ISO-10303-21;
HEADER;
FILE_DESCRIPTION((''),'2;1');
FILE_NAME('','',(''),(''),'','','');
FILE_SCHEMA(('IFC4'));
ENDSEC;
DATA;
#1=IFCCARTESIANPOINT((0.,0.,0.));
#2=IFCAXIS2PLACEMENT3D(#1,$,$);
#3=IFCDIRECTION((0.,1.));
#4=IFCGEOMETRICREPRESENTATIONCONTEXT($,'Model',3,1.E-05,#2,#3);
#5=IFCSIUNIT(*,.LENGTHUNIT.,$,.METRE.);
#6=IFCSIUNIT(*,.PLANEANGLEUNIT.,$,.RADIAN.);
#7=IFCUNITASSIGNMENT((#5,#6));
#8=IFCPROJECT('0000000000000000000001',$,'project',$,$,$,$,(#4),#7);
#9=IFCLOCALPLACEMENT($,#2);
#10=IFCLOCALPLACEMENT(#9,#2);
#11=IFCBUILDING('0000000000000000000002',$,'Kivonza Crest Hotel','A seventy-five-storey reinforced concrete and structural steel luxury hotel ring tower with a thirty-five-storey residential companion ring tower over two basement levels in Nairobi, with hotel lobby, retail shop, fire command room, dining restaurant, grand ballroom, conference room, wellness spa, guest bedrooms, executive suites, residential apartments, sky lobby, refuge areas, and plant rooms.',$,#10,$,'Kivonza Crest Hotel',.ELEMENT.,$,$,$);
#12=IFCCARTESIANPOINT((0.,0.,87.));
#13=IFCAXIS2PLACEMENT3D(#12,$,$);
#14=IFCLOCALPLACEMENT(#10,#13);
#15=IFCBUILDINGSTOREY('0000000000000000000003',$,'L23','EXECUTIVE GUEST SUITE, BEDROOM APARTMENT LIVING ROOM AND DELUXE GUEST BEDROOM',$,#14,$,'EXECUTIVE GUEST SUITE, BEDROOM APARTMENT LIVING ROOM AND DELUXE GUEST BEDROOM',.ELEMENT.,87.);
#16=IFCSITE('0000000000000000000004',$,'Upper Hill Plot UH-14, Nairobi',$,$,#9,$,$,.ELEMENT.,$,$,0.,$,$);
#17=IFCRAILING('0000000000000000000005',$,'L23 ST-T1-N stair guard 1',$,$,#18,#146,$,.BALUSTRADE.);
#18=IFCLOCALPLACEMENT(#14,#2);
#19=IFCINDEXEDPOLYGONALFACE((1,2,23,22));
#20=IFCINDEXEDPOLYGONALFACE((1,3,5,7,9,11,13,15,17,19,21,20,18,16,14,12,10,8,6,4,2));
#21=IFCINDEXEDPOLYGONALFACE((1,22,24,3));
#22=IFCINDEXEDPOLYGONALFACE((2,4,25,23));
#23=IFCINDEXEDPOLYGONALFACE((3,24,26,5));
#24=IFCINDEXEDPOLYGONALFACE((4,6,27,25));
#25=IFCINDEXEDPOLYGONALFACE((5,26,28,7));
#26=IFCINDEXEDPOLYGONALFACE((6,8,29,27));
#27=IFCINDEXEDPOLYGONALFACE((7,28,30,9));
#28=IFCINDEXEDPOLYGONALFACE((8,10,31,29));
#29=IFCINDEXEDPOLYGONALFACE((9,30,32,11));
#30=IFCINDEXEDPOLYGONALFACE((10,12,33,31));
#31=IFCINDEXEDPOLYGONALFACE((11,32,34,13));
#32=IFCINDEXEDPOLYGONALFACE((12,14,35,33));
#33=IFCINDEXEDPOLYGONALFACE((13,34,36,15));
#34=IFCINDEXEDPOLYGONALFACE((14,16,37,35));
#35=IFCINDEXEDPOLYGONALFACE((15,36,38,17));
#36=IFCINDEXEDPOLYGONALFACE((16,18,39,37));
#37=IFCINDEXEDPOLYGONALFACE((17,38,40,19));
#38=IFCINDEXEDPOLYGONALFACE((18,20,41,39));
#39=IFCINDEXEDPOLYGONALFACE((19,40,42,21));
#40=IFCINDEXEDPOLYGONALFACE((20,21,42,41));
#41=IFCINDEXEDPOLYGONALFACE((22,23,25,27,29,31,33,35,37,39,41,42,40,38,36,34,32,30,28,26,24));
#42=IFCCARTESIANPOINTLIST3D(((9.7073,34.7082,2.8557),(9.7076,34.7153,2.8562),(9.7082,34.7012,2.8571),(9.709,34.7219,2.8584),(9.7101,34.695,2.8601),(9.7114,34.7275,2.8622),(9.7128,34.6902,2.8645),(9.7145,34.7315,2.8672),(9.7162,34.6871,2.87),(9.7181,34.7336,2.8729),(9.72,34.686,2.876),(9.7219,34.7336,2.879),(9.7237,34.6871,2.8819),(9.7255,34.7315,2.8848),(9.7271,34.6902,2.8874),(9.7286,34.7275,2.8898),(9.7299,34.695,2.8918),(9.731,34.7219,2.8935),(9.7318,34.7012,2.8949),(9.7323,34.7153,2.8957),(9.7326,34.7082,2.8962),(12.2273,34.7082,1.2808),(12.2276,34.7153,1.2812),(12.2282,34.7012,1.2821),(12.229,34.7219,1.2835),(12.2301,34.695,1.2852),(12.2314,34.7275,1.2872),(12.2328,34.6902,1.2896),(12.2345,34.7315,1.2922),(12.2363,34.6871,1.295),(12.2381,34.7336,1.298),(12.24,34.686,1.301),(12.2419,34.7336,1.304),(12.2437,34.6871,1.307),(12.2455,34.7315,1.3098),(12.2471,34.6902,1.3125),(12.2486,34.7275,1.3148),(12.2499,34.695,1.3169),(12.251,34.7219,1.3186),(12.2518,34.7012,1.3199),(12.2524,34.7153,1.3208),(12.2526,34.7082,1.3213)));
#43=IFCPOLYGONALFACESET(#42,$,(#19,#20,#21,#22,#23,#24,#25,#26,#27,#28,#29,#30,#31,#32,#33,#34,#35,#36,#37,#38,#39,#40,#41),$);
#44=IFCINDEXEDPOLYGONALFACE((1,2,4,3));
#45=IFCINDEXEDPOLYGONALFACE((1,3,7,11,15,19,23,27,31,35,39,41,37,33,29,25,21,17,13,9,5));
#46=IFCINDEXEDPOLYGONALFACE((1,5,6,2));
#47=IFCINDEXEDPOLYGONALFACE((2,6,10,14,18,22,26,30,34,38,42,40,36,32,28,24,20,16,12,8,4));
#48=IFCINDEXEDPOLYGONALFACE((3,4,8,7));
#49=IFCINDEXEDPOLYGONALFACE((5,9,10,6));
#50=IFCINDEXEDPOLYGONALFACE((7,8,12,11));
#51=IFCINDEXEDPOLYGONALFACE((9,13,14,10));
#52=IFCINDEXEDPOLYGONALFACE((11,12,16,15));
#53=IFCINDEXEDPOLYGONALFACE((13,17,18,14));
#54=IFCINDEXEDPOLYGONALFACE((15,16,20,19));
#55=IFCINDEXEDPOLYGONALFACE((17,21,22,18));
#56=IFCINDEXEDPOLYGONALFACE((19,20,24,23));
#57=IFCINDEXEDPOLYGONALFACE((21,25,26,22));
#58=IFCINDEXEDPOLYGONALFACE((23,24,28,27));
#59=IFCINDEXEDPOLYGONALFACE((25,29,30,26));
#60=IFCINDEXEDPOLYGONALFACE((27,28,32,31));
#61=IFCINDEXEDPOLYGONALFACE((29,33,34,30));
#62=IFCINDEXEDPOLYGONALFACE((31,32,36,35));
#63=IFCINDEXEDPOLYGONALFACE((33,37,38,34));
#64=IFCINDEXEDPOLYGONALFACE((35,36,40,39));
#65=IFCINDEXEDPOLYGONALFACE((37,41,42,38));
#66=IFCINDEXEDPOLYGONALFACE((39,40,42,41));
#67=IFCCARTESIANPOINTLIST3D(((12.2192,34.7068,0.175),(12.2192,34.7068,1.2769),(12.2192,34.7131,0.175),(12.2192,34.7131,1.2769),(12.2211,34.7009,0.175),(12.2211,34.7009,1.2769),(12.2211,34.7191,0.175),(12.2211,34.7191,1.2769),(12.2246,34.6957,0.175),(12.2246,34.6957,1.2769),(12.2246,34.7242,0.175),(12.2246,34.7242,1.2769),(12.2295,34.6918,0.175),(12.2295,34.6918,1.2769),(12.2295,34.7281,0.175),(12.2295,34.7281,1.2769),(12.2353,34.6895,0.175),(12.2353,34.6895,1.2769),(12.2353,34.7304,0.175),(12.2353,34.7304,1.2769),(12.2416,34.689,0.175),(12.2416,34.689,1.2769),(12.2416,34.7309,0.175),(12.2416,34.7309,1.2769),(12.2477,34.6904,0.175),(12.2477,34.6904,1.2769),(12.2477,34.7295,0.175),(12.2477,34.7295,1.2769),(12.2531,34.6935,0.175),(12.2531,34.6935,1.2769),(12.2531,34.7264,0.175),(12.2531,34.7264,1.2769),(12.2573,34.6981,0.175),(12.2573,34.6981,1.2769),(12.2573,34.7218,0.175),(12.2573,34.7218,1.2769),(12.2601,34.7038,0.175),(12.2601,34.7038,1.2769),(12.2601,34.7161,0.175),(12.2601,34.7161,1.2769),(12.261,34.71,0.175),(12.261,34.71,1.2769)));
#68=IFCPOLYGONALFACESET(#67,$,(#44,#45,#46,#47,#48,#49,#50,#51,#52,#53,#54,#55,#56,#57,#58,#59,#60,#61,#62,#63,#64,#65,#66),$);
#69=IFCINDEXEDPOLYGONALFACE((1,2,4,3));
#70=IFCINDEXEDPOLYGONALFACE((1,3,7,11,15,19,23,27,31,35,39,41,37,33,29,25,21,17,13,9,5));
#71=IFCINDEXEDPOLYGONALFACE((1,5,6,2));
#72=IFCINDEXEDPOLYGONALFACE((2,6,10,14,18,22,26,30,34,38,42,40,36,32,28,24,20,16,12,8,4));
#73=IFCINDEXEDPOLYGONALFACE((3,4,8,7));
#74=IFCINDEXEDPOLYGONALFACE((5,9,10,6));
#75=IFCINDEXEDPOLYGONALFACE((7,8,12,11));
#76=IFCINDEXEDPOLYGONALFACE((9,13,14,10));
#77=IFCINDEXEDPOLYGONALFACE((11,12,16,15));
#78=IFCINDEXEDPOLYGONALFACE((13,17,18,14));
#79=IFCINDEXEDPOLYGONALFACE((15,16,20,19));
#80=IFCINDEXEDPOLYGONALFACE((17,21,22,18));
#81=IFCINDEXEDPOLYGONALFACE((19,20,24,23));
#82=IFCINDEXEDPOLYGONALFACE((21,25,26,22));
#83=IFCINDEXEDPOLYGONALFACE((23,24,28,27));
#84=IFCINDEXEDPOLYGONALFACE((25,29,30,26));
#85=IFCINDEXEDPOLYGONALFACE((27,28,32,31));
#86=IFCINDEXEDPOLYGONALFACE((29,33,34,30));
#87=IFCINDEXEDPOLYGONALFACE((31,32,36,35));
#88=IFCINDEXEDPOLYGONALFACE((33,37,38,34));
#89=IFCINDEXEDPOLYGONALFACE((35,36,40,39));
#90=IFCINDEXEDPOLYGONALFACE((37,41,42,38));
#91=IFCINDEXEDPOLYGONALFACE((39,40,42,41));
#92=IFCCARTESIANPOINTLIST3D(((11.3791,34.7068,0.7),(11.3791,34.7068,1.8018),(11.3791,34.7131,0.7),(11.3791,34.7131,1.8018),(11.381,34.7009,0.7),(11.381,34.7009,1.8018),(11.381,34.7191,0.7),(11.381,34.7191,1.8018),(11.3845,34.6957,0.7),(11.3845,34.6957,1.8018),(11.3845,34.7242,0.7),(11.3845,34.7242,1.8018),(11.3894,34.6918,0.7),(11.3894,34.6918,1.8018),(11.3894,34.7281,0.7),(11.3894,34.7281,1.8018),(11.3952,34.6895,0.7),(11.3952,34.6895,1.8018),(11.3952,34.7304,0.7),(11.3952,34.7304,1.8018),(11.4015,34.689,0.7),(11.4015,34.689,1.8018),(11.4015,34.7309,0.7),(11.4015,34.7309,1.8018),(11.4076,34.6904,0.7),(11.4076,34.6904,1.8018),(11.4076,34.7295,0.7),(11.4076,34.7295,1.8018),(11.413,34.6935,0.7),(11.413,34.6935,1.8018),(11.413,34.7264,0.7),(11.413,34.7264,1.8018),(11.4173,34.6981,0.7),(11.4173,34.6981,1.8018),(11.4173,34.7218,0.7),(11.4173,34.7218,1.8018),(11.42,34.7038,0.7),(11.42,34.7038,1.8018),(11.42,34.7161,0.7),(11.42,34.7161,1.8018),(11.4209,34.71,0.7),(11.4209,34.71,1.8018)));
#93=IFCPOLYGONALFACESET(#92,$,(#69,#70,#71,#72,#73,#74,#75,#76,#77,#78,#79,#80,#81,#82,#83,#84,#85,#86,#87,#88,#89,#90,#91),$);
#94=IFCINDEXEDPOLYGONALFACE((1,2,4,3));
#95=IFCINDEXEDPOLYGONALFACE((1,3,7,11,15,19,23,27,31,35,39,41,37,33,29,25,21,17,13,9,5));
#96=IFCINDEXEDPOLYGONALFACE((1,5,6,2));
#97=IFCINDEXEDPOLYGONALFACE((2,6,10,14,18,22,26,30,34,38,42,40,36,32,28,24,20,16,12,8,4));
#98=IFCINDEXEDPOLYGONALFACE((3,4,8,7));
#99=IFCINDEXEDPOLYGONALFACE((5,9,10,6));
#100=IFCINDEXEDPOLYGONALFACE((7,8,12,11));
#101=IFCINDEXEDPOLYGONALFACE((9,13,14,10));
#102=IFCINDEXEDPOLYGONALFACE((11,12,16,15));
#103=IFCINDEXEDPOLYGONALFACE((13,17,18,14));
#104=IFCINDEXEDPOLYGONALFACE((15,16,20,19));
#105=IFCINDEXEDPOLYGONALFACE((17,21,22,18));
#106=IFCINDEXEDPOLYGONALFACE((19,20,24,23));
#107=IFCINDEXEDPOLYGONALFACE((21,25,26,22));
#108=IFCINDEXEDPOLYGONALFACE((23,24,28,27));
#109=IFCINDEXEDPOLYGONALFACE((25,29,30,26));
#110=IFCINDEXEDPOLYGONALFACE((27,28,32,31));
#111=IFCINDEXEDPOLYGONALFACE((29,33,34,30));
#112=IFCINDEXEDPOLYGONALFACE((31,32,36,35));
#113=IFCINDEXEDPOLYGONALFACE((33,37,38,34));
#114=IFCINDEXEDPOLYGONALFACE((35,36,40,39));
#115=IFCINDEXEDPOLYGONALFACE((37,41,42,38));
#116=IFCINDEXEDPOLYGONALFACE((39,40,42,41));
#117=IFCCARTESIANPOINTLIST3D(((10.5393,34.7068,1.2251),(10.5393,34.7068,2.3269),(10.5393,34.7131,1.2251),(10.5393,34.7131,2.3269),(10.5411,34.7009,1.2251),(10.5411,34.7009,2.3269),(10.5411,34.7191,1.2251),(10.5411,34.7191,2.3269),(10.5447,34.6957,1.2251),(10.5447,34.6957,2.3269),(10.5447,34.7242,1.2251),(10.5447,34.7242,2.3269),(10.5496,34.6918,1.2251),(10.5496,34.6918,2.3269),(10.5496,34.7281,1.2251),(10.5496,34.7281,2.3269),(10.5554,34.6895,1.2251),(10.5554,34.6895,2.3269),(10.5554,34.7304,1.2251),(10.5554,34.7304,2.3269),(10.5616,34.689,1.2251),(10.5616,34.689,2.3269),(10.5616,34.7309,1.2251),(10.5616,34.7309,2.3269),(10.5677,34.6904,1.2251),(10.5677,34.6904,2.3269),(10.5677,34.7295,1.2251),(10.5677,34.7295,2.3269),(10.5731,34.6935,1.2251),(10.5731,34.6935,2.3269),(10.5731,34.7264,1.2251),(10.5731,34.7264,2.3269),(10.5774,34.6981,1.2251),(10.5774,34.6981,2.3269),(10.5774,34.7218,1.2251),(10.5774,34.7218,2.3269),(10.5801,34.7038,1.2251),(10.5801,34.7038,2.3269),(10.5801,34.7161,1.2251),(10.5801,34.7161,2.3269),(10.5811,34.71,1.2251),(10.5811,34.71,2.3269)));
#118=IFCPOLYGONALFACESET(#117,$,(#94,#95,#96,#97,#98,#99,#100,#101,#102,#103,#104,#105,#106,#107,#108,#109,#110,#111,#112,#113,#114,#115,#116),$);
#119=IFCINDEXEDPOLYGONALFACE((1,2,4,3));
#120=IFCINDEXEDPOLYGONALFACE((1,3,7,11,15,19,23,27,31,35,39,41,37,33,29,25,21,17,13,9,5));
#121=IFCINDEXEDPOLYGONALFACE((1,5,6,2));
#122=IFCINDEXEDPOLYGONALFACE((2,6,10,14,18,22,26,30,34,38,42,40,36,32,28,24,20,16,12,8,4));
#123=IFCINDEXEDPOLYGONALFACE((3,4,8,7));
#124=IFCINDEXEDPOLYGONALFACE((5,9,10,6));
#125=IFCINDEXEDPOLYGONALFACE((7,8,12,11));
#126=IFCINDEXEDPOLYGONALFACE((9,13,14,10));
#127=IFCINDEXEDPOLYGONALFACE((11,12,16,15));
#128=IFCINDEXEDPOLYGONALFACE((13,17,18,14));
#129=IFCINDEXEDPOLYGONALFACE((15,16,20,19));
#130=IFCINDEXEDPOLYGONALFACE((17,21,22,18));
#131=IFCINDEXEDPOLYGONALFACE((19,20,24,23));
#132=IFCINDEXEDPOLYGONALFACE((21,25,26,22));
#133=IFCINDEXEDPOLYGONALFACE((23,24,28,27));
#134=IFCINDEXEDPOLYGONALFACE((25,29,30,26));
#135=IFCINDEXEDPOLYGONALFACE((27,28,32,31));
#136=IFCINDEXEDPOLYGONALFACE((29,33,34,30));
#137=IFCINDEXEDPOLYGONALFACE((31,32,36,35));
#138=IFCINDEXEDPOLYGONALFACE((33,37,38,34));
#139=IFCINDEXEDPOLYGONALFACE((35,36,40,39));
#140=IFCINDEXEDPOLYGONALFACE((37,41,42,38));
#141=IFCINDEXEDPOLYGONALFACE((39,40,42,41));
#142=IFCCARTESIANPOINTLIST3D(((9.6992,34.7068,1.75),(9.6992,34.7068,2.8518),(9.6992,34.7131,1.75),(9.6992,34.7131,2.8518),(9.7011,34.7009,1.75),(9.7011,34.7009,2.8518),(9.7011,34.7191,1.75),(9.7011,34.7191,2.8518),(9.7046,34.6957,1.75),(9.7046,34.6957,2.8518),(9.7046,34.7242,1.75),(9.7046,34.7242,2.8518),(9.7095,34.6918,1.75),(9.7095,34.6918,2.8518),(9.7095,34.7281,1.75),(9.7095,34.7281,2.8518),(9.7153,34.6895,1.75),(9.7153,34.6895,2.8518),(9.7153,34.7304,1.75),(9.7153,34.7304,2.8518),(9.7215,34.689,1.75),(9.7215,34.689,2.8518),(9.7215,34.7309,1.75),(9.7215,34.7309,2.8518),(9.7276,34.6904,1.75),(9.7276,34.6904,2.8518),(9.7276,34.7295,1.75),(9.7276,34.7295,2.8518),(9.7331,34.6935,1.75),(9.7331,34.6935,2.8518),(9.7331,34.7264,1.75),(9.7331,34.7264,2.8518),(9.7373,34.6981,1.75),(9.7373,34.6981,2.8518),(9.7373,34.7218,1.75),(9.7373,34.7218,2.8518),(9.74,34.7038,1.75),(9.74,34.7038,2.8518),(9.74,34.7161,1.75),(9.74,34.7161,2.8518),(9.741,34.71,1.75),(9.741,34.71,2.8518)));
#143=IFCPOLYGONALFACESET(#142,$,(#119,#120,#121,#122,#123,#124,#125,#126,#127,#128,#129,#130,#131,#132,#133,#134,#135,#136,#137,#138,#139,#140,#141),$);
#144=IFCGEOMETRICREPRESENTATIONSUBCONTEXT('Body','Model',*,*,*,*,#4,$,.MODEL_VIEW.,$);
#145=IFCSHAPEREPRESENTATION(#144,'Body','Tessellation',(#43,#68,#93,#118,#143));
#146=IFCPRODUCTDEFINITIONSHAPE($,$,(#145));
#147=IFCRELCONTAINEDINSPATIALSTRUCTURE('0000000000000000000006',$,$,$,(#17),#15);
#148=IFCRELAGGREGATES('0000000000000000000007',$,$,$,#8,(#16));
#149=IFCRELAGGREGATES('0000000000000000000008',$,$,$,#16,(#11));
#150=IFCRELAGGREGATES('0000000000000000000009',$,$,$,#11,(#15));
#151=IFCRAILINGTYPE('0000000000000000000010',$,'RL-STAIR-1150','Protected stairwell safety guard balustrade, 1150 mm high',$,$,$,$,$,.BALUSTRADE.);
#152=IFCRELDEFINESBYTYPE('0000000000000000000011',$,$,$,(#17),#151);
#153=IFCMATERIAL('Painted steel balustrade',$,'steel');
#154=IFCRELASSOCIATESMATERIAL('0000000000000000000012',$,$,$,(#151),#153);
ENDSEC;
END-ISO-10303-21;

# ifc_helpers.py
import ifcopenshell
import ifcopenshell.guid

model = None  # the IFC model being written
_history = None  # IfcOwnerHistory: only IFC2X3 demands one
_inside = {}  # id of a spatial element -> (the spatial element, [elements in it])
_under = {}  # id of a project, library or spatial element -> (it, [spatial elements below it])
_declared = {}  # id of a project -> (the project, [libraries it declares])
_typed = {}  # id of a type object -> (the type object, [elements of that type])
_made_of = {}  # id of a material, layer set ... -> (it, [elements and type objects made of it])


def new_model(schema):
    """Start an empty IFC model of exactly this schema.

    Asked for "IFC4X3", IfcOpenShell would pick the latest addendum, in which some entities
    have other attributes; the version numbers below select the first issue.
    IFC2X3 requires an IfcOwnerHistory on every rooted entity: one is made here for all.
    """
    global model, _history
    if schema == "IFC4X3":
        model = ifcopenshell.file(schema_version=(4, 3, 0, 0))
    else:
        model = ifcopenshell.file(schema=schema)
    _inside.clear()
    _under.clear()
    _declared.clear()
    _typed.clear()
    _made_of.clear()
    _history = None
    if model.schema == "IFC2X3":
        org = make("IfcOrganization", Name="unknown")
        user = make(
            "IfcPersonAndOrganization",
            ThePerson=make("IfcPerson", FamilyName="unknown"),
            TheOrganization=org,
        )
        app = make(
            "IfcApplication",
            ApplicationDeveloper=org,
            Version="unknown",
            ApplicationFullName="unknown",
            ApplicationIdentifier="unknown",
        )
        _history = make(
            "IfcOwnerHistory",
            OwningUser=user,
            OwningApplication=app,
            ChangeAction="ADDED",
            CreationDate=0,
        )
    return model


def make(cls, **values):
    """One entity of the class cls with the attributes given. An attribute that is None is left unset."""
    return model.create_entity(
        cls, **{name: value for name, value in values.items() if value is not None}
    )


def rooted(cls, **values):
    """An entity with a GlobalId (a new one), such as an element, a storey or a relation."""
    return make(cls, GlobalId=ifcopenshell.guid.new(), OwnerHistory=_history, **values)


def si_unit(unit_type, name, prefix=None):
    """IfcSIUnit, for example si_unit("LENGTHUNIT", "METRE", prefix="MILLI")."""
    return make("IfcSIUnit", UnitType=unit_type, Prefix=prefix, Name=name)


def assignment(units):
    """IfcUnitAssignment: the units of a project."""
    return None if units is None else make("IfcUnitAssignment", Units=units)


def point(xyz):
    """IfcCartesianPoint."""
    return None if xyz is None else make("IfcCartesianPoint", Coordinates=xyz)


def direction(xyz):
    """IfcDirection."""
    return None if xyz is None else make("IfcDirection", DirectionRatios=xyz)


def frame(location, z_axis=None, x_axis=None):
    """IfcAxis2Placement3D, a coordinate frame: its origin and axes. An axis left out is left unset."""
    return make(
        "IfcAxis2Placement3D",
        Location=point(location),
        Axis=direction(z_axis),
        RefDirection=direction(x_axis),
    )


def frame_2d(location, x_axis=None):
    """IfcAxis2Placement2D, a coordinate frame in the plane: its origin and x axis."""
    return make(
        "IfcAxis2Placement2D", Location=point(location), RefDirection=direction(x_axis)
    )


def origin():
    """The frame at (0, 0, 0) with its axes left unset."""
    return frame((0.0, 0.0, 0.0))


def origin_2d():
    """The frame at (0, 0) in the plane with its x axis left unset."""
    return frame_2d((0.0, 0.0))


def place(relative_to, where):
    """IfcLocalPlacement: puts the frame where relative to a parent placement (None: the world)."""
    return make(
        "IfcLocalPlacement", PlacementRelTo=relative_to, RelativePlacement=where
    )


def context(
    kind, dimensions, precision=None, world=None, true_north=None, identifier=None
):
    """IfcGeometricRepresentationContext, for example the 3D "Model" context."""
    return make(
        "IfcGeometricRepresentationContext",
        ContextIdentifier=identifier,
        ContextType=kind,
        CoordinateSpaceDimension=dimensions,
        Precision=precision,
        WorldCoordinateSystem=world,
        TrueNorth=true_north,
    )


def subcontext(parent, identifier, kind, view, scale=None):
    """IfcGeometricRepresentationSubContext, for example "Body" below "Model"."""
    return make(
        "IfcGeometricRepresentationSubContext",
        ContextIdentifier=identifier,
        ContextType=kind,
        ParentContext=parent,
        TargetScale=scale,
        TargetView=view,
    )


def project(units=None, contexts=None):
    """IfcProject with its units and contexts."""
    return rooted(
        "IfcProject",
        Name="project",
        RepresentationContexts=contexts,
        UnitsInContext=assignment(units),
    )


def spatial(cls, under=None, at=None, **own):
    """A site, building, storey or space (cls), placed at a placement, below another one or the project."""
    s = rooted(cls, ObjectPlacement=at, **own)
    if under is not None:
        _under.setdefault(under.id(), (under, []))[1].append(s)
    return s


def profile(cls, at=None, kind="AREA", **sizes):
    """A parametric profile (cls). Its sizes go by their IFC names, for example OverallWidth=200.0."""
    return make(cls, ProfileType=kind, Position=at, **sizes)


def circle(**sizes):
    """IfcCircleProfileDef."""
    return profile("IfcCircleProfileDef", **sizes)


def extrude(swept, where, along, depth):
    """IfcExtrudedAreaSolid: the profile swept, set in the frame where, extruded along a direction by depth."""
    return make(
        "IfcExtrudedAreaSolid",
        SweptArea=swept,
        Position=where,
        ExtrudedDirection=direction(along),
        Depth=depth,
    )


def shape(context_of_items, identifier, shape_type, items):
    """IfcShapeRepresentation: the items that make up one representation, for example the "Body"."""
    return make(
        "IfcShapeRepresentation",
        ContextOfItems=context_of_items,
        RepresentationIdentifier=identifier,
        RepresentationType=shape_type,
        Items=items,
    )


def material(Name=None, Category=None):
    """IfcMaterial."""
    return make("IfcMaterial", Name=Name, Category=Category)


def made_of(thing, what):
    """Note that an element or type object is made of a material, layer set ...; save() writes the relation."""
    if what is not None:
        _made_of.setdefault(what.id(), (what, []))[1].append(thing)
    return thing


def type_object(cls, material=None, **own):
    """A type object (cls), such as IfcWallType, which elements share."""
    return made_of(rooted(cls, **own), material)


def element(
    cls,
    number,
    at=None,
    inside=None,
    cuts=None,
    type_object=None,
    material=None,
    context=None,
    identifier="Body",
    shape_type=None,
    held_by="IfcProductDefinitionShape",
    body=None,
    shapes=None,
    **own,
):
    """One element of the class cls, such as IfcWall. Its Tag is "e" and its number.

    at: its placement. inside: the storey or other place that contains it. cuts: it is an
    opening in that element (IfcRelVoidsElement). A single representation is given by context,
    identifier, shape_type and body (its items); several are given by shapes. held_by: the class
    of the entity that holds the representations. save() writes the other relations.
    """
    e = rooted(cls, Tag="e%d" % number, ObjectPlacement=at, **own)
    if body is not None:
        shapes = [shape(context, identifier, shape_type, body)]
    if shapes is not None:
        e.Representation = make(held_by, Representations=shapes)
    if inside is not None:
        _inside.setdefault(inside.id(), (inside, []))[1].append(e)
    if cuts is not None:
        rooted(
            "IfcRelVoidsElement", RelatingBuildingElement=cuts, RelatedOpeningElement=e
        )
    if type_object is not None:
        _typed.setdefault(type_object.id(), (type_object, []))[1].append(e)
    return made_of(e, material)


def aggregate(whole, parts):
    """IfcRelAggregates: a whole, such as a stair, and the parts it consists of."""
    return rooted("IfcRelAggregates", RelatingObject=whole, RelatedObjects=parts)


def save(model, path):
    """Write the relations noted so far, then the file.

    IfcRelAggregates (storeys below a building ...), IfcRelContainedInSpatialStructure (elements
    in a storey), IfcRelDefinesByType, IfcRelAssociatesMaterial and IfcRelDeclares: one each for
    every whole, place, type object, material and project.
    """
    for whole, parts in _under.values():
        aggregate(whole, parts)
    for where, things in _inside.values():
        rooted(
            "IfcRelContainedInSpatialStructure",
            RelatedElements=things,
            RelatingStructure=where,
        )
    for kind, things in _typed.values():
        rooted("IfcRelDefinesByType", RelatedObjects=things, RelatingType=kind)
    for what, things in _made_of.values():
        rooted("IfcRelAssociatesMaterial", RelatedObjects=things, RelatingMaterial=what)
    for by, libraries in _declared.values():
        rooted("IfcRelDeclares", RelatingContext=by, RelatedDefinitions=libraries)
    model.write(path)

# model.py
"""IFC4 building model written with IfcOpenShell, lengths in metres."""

from ifc_helpers import new_model, si_unit, direction, frame, origin, origin_2d, place, context, subcontext, project, spatial, circle, extrude, material, type_object, element, save


model = new_model("IFC4")

# Units and contexts
model_context = context("Model", 3, precision=1e-05, world=origin(), true_north=direction((0.0, 1.0)))
body_context = subcontext(model_context, "Body", "Model", "MODEL_VIEW")
ifc_project = project(units=[si_unit("LENGTHUNIT", "METRE"), si_unit("PLANEANGLEUNIT", "RADIAN")], contexts=[model_context])

# Site, building, storey
site_placement = place(None, origin())
site = spatial("IfcSite", under=ifc_project, at=site_placement, Name="Upper Hill Plot UH-14, Nairobi", CompositionType="ELEMENT", RefElevation=0.0)
building_placement = place(site_placement, origin())
building = spatial("IfcBuilding", under=site, at=building_placement, Name="Kivonza Crest Hotel", Description="A seventy-five-storey reinforced concrete and structural steel luxury hotel ring tower with a thirty-five-storey residential companion ring tower over two basement levels in Nairobi, with hotel lobby, retail shop, fire command room, dining restaurant, grand ballroom, conference room, wellness spa, guest bedrooms, executive suites, residential apartments, sky lobby, refuge areas, and plant rooms.", LongName="Kivonza Crest Hotel", CompositionType="ELEMENT")
storey_placement = place(building_placement, frame((0.0, 0.0, 87.0)))
storey = spatial("IfcBuildingStorey", under=building, at=storey_placement, Name="L23", Description="EXECUTIVE GUEST SUITE, BEDROOM APARTMENT LIVING ROOM AND DELUXE GUEST BEDROOM", LongName="EXECUTIVE GUEST SUITE, BEDROOM APARTMENT LIVING ROOM AND DELUXE GUEST BEDROOM", CompositionType="ELEMENT", Elevation=87.0)

# Railing
ifc_material_1 = material(Name="Painted steel balustrade", Category="steel")
railing_type_1 = type_object("IfcRailingType", Name="RL-STAIR-1150", Description="Protected stairwell safety guard balustrade, 1150 mm high", PredefinedType="BALUSTRADE", material=ifc_material_1)
railing_1_placement = place(storey_placement, frame((12.24, 34.71, 0.175)))
element("IfcRailing", 1, at=railing_1_placement, inside=storey, type_object=railing_type_1, Name="L23 ST-T1-N stair guard 1", PredefinedType="BALUSTRADE", context=body_context, shape_type="SweptSolid", body=[
    extrude(circle(Radius=0.0239, at=origin_2d()), frame((0.0, 0.0, 1.126), z_axis=(-0.848008, 0.0, 0.529984), x_axis=(0.0, -1.0, 0.0)), (0.0, 0.0, 1.0), 2.9717),
    extrude(circle(Radius=0.021, at=origin_2d()), origin(), (0.0, 0.0, 1.0), 1.1018),
    extrude(circle(Radius=0.021, at=origin_2d()), frame((-0.8401, 0.0, 0.5249)), (0.0, 0.0, 1.0), 1.1018),
    extrude(circle(Radius=0.021, at=origin_2d()), frame((-1.6799, 0.0, 1.05)), (0.0, 0.0, 1.0), 1.1018),
    extrude(circle(Radius=0.021, at=origin_2d()), frame((-2.52, 0.0, 1.575)), (0.0, 0.0, 1.0), 1.1018),
])

save(model, "model.ifc")
